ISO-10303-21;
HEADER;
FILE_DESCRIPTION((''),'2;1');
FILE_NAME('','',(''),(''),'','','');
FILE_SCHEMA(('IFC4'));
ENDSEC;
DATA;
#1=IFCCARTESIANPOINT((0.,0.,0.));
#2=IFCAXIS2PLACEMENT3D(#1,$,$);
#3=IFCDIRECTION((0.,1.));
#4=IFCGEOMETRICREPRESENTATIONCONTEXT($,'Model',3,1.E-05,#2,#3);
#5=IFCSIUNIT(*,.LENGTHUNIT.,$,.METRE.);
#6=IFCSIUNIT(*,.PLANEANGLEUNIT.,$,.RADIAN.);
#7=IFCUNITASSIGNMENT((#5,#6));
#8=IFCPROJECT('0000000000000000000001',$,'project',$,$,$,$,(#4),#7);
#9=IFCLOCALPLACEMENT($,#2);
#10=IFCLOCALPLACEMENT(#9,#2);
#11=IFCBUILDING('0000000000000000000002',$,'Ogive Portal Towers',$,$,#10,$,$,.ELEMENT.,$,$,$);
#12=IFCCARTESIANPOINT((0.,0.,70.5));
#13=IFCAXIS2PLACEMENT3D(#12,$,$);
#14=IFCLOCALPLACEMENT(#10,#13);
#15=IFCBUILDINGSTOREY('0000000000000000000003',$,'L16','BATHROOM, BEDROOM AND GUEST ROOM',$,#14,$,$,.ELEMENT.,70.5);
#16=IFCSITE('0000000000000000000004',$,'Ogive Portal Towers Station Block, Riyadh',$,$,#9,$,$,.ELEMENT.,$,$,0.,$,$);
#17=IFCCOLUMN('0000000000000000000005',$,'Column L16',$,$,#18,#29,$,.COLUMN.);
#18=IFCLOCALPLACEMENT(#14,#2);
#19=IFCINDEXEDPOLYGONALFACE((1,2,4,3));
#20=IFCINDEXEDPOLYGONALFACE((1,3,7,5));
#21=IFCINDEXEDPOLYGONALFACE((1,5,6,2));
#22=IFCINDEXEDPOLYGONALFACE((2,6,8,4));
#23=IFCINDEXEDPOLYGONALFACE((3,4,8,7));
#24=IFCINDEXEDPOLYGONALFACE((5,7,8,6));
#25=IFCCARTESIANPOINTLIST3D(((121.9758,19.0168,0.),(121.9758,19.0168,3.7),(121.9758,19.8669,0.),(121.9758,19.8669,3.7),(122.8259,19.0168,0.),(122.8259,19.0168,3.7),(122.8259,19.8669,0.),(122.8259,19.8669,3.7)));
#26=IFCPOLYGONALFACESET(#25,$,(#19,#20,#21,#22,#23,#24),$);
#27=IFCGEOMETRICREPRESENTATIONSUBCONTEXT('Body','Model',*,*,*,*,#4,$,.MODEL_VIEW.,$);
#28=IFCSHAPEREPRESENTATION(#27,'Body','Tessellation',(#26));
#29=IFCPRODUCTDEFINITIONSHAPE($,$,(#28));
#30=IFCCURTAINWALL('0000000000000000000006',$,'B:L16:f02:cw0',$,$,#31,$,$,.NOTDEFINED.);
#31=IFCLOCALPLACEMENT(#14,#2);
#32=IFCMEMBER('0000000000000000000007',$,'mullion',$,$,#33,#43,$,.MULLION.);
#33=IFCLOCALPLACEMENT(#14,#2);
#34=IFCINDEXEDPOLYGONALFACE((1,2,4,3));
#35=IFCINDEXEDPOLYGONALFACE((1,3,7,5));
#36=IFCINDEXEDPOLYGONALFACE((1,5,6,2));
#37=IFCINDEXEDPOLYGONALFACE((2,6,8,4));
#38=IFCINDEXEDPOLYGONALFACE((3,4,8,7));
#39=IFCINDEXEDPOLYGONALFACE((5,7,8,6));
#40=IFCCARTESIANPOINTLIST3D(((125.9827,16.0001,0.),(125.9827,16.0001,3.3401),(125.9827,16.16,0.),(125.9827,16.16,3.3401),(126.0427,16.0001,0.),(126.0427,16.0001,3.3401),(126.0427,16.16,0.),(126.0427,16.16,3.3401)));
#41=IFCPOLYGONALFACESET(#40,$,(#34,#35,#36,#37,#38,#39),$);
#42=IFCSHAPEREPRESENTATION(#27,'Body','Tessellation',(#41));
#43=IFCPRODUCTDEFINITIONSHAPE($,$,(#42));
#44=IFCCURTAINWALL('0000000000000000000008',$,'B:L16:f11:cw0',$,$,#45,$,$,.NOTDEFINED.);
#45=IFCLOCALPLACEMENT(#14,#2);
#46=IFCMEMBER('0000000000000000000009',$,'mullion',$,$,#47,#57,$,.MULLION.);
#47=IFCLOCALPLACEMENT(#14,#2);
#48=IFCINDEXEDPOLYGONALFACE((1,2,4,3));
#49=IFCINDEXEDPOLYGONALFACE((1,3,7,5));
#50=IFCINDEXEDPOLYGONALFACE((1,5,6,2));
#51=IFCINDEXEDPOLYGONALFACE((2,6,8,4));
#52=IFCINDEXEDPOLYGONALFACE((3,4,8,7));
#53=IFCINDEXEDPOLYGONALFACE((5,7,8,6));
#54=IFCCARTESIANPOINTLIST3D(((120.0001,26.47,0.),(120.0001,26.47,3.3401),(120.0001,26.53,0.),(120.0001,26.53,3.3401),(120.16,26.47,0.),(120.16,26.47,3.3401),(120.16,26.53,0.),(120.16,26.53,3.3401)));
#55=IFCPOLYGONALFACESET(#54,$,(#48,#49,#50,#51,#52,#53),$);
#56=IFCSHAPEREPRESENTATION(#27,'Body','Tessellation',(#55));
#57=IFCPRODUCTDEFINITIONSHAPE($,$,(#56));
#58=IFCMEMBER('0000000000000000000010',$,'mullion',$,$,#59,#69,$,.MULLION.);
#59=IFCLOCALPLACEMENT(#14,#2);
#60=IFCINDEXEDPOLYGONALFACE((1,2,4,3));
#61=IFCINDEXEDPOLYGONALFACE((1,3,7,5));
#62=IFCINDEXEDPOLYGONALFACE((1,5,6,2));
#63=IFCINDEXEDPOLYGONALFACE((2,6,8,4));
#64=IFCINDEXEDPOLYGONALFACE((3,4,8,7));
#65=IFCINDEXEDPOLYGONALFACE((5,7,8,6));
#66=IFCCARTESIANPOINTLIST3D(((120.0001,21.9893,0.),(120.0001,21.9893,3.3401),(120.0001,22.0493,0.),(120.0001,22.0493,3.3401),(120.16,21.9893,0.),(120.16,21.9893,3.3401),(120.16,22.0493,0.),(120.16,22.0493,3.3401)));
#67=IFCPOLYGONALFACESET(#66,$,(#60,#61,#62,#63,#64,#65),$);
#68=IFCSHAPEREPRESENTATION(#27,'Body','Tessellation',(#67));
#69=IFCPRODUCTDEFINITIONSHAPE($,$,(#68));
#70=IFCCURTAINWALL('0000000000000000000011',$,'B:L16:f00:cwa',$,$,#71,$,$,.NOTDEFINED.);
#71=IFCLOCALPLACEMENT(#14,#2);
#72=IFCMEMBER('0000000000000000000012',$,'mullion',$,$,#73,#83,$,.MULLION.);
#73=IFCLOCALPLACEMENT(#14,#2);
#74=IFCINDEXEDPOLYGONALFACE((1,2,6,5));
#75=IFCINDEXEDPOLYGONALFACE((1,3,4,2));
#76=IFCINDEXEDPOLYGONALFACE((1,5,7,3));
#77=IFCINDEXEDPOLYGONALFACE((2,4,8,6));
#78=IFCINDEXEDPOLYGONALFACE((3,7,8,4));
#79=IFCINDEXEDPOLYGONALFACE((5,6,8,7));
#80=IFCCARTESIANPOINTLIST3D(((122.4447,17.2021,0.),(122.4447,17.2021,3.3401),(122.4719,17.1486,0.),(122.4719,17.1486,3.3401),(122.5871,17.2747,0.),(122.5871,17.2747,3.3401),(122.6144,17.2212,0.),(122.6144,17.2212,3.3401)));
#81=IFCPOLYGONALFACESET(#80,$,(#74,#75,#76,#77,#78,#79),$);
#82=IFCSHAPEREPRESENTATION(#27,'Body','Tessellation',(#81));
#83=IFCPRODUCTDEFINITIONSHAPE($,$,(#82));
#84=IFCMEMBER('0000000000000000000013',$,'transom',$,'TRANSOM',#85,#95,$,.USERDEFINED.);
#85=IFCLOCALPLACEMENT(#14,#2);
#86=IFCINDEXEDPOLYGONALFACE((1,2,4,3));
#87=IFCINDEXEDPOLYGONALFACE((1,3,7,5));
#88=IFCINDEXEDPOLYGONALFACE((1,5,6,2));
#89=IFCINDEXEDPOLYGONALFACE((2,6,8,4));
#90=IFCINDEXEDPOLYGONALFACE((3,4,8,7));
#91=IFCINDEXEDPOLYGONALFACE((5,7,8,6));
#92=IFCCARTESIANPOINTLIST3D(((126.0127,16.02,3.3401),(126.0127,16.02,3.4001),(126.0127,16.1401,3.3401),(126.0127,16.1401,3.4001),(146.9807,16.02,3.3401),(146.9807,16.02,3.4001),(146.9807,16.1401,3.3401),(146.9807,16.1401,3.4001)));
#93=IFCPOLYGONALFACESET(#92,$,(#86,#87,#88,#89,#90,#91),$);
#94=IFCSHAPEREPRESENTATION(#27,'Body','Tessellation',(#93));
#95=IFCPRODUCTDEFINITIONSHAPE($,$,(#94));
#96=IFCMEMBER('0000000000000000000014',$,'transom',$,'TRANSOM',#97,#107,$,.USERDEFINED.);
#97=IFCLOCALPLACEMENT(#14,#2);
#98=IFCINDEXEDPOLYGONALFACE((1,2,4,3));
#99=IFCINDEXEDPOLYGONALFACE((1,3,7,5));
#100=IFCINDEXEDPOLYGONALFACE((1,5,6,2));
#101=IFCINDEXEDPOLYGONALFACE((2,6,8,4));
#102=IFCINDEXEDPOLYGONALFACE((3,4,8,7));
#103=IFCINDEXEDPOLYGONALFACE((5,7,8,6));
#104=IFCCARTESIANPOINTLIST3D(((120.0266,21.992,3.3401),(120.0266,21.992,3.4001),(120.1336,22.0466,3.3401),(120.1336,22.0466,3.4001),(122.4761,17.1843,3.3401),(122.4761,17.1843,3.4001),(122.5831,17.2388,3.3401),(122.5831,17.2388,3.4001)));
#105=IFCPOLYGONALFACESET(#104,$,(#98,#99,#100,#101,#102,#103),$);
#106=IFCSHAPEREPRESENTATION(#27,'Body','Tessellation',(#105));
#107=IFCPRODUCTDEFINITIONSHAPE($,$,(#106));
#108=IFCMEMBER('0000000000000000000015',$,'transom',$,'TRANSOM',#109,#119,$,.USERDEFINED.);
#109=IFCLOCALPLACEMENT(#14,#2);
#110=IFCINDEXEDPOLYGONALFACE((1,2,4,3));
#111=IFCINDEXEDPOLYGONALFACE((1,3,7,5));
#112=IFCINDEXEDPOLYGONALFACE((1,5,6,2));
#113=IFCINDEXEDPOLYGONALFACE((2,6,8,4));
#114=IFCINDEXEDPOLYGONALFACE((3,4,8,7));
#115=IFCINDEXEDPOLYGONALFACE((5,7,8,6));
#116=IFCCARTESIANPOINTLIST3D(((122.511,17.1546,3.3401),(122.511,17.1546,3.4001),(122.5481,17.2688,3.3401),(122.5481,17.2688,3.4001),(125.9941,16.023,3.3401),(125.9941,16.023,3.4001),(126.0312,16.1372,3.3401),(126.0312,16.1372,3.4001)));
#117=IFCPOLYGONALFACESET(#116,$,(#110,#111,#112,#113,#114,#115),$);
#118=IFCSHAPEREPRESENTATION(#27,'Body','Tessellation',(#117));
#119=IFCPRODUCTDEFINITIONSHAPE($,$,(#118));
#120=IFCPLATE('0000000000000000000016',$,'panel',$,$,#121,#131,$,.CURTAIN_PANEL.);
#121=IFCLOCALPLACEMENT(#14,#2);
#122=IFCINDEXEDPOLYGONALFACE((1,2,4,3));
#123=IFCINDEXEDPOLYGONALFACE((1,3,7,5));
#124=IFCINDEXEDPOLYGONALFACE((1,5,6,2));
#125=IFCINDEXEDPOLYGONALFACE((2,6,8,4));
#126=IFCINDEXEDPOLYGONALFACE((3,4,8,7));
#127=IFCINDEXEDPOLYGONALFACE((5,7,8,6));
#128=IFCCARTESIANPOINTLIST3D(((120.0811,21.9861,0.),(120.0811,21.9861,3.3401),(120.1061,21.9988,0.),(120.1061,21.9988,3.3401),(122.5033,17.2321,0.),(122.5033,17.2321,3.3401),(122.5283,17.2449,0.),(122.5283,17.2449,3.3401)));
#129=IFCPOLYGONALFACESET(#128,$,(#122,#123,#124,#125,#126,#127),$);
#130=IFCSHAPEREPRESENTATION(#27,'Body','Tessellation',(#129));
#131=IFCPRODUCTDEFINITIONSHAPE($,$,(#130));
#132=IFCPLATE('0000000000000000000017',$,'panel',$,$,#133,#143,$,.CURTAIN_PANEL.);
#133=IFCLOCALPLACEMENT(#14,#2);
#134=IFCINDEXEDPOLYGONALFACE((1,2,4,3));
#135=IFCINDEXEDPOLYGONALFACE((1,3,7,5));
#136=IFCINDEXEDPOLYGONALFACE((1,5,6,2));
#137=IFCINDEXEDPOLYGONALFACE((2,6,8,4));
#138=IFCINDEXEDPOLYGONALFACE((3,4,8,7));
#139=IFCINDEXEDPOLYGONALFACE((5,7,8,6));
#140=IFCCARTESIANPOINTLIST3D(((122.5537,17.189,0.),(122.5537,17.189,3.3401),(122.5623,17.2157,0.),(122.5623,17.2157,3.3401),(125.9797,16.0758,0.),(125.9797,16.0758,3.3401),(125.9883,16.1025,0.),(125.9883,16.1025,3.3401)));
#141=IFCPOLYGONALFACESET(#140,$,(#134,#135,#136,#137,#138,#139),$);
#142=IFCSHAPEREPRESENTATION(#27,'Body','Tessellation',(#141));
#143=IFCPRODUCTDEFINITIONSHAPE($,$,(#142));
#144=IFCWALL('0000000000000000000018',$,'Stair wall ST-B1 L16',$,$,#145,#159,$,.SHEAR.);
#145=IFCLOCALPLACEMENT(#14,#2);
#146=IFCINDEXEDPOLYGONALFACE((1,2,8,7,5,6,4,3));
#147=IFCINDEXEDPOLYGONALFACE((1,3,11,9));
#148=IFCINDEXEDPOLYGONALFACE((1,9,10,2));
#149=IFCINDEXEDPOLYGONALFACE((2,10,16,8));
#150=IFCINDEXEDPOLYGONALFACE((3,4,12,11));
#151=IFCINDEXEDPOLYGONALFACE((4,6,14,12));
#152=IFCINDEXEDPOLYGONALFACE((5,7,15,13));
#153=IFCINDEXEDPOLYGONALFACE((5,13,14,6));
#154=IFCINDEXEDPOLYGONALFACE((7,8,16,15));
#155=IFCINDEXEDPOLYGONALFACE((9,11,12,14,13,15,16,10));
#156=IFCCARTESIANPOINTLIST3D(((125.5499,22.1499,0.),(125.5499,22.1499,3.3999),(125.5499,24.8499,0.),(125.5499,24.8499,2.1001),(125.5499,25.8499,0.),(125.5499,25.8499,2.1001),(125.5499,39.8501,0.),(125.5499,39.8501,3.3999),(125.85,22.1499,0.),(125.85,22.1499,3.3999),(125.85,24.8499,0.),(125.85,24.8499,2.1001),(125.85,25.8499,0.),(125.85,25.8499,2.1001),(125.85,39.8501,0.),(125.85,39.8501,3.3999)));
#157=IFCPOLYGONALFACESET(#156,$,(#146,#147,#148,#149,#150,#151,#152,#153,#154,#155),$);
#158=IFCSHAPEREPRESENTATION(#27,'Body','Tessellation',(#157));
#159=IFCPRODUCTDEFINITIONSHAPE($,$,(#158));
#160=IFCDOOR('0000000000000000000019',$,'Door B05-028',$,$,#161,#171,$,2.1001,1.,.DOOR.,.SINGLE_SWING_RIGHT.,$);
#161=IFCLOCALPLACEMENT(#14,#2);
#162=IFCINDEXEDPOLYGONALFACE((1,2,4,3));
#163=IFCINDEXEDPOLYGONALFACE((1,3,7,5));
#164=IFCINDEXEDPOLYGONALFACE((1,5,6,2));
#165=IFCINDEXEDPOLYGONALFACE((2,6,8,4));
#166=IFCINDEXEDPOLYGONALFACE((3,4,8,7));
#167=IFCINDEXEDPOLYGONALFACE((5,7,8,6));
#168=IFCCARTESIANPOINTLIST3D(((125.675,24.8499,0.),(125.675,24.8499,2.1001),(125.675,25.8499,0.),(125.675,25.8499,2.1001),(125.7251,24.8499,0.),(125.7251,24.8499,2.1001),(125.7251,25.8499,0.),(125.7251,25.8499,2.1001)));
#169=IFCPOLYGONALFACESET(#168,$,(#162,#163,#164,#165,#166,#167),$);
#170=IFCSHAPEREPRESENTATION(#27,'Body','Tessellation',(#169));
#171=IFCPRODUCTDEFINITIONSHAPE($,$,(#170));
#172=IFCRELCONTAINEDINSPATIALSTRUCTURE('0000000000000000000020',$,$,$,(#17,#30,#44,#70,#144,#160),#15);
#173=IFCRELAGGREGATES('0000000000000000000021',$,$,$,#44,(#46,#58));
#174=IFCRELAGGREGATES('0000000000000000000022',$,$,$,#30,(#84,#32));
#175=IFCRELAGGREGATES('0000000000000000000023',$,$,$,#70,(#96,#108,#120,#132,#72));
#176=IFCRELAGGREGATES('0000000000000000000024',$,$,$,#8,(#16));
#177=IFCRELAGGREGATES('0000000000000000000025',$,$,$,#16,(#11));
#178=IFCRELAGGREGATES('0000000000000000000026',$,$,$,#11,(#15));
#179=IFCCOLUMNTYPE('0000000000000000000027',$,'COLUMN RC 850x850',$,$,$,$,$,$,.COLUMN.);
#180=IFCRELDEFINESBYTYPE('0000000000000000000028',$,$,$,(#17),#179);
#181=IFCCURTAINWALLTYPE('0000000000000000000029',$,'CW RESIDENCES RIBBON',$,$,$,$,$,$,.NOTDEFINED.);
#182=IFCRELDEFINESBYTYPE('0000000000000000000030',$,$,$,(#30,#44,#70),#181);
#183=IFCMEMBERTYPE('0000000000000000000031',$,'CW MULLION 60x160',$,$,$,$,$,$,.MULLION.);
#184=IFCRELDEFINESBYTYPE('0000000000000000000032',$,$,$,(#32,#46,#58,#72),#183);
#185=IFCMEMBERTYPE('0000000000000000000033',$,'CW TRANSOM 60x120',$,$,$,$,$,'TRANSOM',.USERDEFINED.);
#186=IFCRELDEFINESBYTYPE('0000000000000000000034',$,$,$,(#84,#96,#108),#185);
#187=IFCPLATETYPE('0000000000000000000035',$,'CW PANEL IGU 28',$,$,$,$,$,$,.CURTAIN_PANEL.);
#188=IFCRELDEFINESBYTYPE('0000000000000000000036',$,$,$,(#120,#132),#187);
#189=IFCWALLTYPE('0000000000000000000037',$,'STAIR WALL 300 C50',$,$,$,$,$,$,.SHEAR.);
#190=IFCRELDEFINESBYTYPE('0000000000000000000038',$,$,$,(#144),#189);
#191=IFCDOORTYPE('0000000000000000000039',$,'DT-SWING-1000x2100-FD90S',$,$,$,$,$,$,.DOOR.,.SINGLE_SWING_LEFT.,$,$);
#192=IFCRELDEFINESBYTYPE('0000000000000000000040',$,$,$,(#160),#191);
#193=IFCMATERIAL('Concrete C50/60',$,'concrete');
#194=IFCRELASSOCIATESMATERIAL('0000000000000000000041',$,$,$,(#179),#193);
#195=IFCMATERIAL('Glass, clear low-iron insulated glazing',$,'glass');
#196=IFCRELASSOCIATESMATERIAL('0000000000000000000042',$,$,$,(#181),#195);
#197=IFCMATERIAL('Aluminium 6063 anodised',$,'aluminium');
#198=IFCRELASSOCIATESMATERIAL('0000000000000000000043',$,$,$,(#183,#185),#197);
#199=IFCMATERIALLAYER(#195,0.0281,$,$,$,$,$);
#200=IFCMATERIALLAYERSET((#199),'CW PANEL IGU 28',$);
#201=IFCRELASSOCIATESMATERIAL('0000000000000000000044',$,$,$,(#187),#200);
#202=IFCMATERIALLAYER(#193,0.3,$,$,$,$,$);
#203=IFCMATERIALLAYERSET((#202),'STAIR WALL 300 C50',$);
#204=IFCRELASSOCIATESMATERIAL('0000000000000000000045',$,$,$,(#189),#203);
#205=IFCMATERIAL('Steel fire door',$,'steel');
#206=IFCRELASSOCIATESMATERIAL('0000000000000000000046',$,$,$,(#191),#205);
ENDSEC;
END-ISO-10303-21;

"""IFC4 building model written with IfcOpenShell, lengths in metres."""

from ifc_helpers import new_model, si_unit, direction, frame, frame_2d, origin, origin_2d, place, context, subcontext, project, spatial, rectangle, extrude, material, layer, layer_set, material_profile, profile_set, type_object, element, fill, aggregate, save


model = new_model("IFC4")

# Units and contexts
model_context = context("Model", 3, precision=1e-05, world=origin(), true_north=direction((0.0, 1.0)))
body_context = subcontext(model_context, "Body", "Model", "MODEL_VIEW")
ifc_project = project(units=[si_unit("LENGTHUNIT", "METRE"), si_unit("PLANEANGLEUNIT", "RADIAN")], contexts=[model_context])

# Site, building, storey
site_placement = place(None, origin())
site = spatial("IfcSite", under=ifc_project, at=site_placement, Name="Ogive Portal Towers Station Block, Riyadh", CompositionType="ELEMENT", RefElevation=0.0)
building_placement = place(site_placement, origin())
building = spatial("IfcBuilding", under=site, at=building_placement, Name="Ogive Portal Towers", CompositionType="ELEMENT")
storey_placement = place(building_placement, frame((0.0, 0.0, 70.5)))
storey = spatial("IfcBuildingStorey", under=building, at=storey_placement, Name="L16", Description="BATHROOM, BEDROOM AND GUEST ROOM", CompositionType="ELEMENT", Elevation=70.5)

# Column
ifc_material_1 = material(Name="Concrete C50/60", Category="concrete")
ifc_material_profile_1 = material_profile(ifc_material_1, rectangle(XDim=0.8501, YDim=0.8501, at=origin_2d()), Name="RC 850x850")
ifc_profile_set_1 = profile_set([ifc_material_profile_1], Name="Concrete C50/60")
column_type = type_object("IfcColumnType", Name="COLUMN RC 850x850", PredefinedType="COLUMN", material=ifc_profile_set_1)
column_placement = place(storey_placement, frame((122.4009, 19.4419, 0.0), z_axis=(0.0, 0.0, 1.0), x_axis=(1.0, 0.0, 0.0)))
element("IfcColumn", 1, at=column_placement, inside=storey, type_object=column_type, Name="Column L16", PredefinedType="COLUMN", context=body_context, shape_type="SweptSolid", body=[
    extrude(rectangle(XDim=0.8501, YDim=0.8501, at=origin_2d()), origin(), (0.0, 0.0, 1.0), 3.7),
])

# Curtain wall, member
ifc_material_2 = material(Name="Glass, clear low-iron insulated glazing", Category="glass")
curtain_wall_type = type_object("IfcCurtainWallType", Name="CW RESIDENCES RIBBON", PredefinedType="NOTDEFINED", material=ifc_material_2)
curtain_wall_1_placement = place(storey_placement, origin())
curtain_wall_1 = element("IfcCurtainWall", 2, at=curtain_wall_1_placement, inside=storey, type_object=curtain_wall_type, Name="B:L16:f02:cw0", PredefinedType="NOTDEFINED")
ifc_material_3 = material(Name="Aluminium 6063 anodised", Category="aluminium")
ifc_material_profile_2 = material_profile(ifc_material_3, rectangle(XDim=0.1599, YDim=0.0601, at=origin_2d()), Name="AL 60x160")
ifc_profile_set_2 = profile_set([ifc_material_profile_2], Name="Aluminium 6063 anodised")
member_type_1 = type_object("IfcMemberType", Name="CW MULLION 60x160", PredefinedType="MULLION", material=ifc_profile_set_2)
member_1_placement = place(storey_placement, frame((126.0127, 16.0801, 0.0), z_axis=(0.0, 0.0, 1.0), x_axis=(0.0, 1.0, 0.0)))
member_1 = element("IfcMember", 3, at=member_1_placement, type_object=member_type_1, Name="mullion", PredefinedType="MULLION", context=body_context, shape_type="SweptSolid", body=[
    extrude(rectangle(XDim=0.1599, YDim=0.0601, at=origin_2d()), origin(), (0.0, 0.0, 1.0), 3.3401),
])

# Curtain wall, members
curtain_wall_2_placement = place(storey_placement, origin())
curtain_wall_2 = element("IfcCurtainWall", 4, at=curtain_wall_2_placement, inside=storey, type_object=curtain_wall_type, Name="B:L16:f11:cw0", PredefinedType="NOTDEFINED")
member_2_placement = place(storey_placement, frame((120.0801, 26.5, 0.0), z_axis=(0.0, 0.0, 1.0), x_axis=(1.0, 0.0, 0.0)))
member_2 = element("IfcMember", 5, at=member_2_placement, type_object=member_type_1, Name="mullion", PredefinedType="MULLION", context=body_context, shape_type="SweptSolid", body=[
    extrude(rectangle(XDim=0.1599, YDim=0.0601, at=origin_2d()), origin(), (0.0, 0.0, 1.0), 3.3401),
])
member_3_placement = place(storey_placement, frame((120.0801, 22.0193, 0.0), z_axis=(0.0, 0.0, 1.0), x_axis=(1.0, 0.0, 0.0)))
member_3 = element("IfcMember", 6, at=member_3_placement, type_object=member_type_1, Name="mullion", PredefinedType="MULLION", context=body_context, shape_type="SweptSolid", body=[
    extrude(rectangle(XDim=0.1599, YDim=0.0601, at=origin_2d()), origin(), (0.0, 0.0, 1.0), 3.3401),
])
aggregate(curtain_wall_2, [member_2, member_3])

# Curtain wall, member
curtain_wall_3_placement = place(storey_placement, origin())
curtain_wall_3 = element("IfcCurtainWall", 7, at=curtain_wall_3_placement, inside=storey, type_object=curtain_wall_type, Name="B:L16:f00:cwa", PredefinedType="NOTDEFINED")
member_4_placement = place(storey_placement, frame((122.5295, 17.2117, 0.0), z_axis=(0.0, 0.0, 1.0), x_axis=(0.891007, 0.45399, 0.0)))
member_4 = element("IfcMember", 8, at=member_4_placement, type_object=member_type_1, Name="mullion", PredefinedType="MULLION", context=body_context, shape_type="SweptSolid", body=[
    extrude(rectangle(XDim=0.1599, YDim=0.0601, at=origin_2d()), origin(), (0.0, 0.0, 1.0), 3.3401),
])

# Members
ifc_material_profile_3 = material_profile(ifc_material_3, rectangle(XDim=0.1201, YDim=0.0601, at=origin_2d()), Name="AL 120x60")
ifc_profile_set_3 = profile_set([ifc_material_profile_3], Name="Aluminium 6063 anodised")
member_type_2 = type_object("IfcMemberType", Name="CW TRANSOM 60x120", ElementType="TRANSOM", PredefinedType="USERDEFINED", material=ifc_profile_set_3)
member_5_placement = place(storey_placement, frame((126.0127, 16.0801, 3.3701), z_axis=(1.0, 0.0, 0.0), x_axis=(0.0, 1.0, 0.0)))
member_5 = element("IfcMember", 9, at=member_5_placement, type_object=member_type_2, Name="transom", ObjectType="TRANSOM", PredefinedType="USERDEFINED", context=body_context, shape_type="SweptSolid", body=[
    extrude(rectangle(XDim=0.1201, YDim=0.0601, at=origin_2d()), origin(), (0.0, 0.0, 1.0), 20.968),
])
aggregate(curtain_wall_1, [member_5, member_1])
member_6_placement = place(storey_placement, frame((120.0801, 22.0193, 3.3701), z_axis=(0.45397, -0.891017, 0.0), x_axis=(0.891017, 0.45397, 0.0)))
member_6 = element("IfcMember", 10, at=member_6_placement, type_object=member_type_2, Name="transom", ObjectType="TRANSOM", PredefinedType="USERDEFINED", context=body_context, shape_type="SweptSolid", body=[
    extrude(rectangle(XDim=0.1201, YDim=0.0601, at=origin_2d()), origin(), (0.0, 0.0, 1.0), 5.3958),
])
member_7_placement = place(storey_placement, frame((122.5295, 17.2117, 3.3701), z_axis=(0.951069, -0.308979, 0.0), x_axis=(0.308979, 0.951069, 0.0)))
member_7 = element("IfcMember", 11, at=member_7_placement, type_object=member_type_2, Name="transom", ObjectType="TRANSOM", PredefinedType="USERDEFINED", context=body_context, shape_type="SweptSolid", body=[
    extrude(rectangle(XDim=0.1201, YDim=0.0601, at=origin_2d()), origin(), (0.0, 0.0, 1.0), 3.6624),
])

# Plates
ifc_layer_1 = layer(ifc_material_2, 0.0281)
ifc_layer_set_1 = layer_set([ifc_layer_1], Name="CW PANEL IGU 28")
plate_type = type_object("IfcPlateType", Name="CW PANEL IGU 28", PredefinedType="CURTAIN_PANEL", material=ifc_layer_set_1)
plate_1_placement = place(storey_placement, frame((121.3047, 19.6155, 0.0), z_axis=(0.0, 0.0, 1.0), x_axis=(0.45399, -0.891007, 0.0)))
plate_1 = element("IfcPlate", 12, at=plate_1_placement, type_object=plate_type, Name="panel", PredefinedType="CURTAIN_PANEL", context=body_context, shape_type="SweptSolid", body=[
    extrude(rectangle(XDim=5.3354, YDim=0.0281, at=origin_2d()), origin(), (0.0, 0.0, 1.0), 3.3401),
])
plate_2_placement = place(storey_placement, frame((124.271, 16.6458, 0.0), z_axis=(0.0, 0.0, 1.0), x_axis=(0.951057, -0.309017, 0.0)))
plate_2 = element("IfcPlate", 13, at=plate_2_placement, type_object=plate_type, Name="panel", PredefinedType="CURTAIN_PANEL", context=body_context, shape_type="SweptSolid", body=[
    extrude(rectangle(XDim=3.6023, YDim=0.0281, at=origin_2d()), origin(), (0.0, 0.0, 1.0), 3.3401),
])
aggregate(curtain_wall_3, [member_6, member_7, plate_1, plate_2, member_4])

# Wall, opening, door
ifc_layer_2 = layer(ifc_material_1, 0.3)
ifc_layer_set_2 = layer_set([ifc_layer_2], Name="STAIR WALL 300 C50")
wall_type_1 = type_object("IfcWallType", Name="STAIR WALL 300 C50", PredefinedType="SHEAR", material=ifc_layer_set_2)
wall_1_placement = place(storey_placement, frame((125.7, 22.1499, 0.0), z_axis=(0.0, 0.0, 1.0), x_axis=(0.0, 1.0, 0.0)))
wall_1 = element("IfcWall", 14, at=wall_1_placement, inside=storey, type_object=wall_type_1, Name="Stair wall ST-B1 L16", PredefinedType="SHEAR", context=body_context, shape_type="SweptSolid", body=[
    extrude(rectangle(XDim=17.7002, YDim=0.3, at=frame_2d((8.8501, 0.0))), origin(), (0.0, 0.0, 1.0), 3.3999),
])
opening_1_placement = place(wall_1_placement, frame((2.7, 0.0, 0.0)))
opening_1 = element("IfcOpeningElement", 15, at=opening_1_placement, cuts=wall_1, PredefinedType="OPENING", context=body_context, shape_type="SweptSolid", body=[
    extrude(rectangle(XDim=1.0, YDim=2.1001, at=frame_2d((0.5, 1.05))), frame((0.0, 0.1602, 0.0), z_axis=(0.0, -1.0, 0.0), x_axis=(1.0, 0.0, 0.0)), (0.0, 0.0, 1.0), 0.3201),
])
ifc_material_4 = material(Name="Steel fire door", Category="steel")
door_type_1 = type_object("IfcDoorType", Name="DT-SWING-1000x2100-FD90S", OperationType="SINGLE_SWING_LEFT", PredefinedType="DOOR", material=ifc_material_4)
door_1_placement = place(opening_1_placement, origin())
door_1 = element("IfcDoor", 16, at=door_1_placement, inside=storey, type_object=door_type_1, Name="Door B05-028", OperationType="SINGLE_SWING_RIGHT", OverallHeight=2.1001, OverallWidth=1.0, PredefinedType="DOOR", context=body_context, shape_type="SweptSolid", body=[
    extrude(rectangle(XDim=1.0, YDim=2.1001, at=frame_2d((0.5, 1.05))), frame((0.0, 0.0249, 0.0), z_axis=(0.0, -1.0, 0.0), x_axis=(1.0, 0.0, 0.0)), (0.0, 0.0, 1.0), 0.05),
])
fill(opening_1, door_1)

save(model, "model.ifc")
